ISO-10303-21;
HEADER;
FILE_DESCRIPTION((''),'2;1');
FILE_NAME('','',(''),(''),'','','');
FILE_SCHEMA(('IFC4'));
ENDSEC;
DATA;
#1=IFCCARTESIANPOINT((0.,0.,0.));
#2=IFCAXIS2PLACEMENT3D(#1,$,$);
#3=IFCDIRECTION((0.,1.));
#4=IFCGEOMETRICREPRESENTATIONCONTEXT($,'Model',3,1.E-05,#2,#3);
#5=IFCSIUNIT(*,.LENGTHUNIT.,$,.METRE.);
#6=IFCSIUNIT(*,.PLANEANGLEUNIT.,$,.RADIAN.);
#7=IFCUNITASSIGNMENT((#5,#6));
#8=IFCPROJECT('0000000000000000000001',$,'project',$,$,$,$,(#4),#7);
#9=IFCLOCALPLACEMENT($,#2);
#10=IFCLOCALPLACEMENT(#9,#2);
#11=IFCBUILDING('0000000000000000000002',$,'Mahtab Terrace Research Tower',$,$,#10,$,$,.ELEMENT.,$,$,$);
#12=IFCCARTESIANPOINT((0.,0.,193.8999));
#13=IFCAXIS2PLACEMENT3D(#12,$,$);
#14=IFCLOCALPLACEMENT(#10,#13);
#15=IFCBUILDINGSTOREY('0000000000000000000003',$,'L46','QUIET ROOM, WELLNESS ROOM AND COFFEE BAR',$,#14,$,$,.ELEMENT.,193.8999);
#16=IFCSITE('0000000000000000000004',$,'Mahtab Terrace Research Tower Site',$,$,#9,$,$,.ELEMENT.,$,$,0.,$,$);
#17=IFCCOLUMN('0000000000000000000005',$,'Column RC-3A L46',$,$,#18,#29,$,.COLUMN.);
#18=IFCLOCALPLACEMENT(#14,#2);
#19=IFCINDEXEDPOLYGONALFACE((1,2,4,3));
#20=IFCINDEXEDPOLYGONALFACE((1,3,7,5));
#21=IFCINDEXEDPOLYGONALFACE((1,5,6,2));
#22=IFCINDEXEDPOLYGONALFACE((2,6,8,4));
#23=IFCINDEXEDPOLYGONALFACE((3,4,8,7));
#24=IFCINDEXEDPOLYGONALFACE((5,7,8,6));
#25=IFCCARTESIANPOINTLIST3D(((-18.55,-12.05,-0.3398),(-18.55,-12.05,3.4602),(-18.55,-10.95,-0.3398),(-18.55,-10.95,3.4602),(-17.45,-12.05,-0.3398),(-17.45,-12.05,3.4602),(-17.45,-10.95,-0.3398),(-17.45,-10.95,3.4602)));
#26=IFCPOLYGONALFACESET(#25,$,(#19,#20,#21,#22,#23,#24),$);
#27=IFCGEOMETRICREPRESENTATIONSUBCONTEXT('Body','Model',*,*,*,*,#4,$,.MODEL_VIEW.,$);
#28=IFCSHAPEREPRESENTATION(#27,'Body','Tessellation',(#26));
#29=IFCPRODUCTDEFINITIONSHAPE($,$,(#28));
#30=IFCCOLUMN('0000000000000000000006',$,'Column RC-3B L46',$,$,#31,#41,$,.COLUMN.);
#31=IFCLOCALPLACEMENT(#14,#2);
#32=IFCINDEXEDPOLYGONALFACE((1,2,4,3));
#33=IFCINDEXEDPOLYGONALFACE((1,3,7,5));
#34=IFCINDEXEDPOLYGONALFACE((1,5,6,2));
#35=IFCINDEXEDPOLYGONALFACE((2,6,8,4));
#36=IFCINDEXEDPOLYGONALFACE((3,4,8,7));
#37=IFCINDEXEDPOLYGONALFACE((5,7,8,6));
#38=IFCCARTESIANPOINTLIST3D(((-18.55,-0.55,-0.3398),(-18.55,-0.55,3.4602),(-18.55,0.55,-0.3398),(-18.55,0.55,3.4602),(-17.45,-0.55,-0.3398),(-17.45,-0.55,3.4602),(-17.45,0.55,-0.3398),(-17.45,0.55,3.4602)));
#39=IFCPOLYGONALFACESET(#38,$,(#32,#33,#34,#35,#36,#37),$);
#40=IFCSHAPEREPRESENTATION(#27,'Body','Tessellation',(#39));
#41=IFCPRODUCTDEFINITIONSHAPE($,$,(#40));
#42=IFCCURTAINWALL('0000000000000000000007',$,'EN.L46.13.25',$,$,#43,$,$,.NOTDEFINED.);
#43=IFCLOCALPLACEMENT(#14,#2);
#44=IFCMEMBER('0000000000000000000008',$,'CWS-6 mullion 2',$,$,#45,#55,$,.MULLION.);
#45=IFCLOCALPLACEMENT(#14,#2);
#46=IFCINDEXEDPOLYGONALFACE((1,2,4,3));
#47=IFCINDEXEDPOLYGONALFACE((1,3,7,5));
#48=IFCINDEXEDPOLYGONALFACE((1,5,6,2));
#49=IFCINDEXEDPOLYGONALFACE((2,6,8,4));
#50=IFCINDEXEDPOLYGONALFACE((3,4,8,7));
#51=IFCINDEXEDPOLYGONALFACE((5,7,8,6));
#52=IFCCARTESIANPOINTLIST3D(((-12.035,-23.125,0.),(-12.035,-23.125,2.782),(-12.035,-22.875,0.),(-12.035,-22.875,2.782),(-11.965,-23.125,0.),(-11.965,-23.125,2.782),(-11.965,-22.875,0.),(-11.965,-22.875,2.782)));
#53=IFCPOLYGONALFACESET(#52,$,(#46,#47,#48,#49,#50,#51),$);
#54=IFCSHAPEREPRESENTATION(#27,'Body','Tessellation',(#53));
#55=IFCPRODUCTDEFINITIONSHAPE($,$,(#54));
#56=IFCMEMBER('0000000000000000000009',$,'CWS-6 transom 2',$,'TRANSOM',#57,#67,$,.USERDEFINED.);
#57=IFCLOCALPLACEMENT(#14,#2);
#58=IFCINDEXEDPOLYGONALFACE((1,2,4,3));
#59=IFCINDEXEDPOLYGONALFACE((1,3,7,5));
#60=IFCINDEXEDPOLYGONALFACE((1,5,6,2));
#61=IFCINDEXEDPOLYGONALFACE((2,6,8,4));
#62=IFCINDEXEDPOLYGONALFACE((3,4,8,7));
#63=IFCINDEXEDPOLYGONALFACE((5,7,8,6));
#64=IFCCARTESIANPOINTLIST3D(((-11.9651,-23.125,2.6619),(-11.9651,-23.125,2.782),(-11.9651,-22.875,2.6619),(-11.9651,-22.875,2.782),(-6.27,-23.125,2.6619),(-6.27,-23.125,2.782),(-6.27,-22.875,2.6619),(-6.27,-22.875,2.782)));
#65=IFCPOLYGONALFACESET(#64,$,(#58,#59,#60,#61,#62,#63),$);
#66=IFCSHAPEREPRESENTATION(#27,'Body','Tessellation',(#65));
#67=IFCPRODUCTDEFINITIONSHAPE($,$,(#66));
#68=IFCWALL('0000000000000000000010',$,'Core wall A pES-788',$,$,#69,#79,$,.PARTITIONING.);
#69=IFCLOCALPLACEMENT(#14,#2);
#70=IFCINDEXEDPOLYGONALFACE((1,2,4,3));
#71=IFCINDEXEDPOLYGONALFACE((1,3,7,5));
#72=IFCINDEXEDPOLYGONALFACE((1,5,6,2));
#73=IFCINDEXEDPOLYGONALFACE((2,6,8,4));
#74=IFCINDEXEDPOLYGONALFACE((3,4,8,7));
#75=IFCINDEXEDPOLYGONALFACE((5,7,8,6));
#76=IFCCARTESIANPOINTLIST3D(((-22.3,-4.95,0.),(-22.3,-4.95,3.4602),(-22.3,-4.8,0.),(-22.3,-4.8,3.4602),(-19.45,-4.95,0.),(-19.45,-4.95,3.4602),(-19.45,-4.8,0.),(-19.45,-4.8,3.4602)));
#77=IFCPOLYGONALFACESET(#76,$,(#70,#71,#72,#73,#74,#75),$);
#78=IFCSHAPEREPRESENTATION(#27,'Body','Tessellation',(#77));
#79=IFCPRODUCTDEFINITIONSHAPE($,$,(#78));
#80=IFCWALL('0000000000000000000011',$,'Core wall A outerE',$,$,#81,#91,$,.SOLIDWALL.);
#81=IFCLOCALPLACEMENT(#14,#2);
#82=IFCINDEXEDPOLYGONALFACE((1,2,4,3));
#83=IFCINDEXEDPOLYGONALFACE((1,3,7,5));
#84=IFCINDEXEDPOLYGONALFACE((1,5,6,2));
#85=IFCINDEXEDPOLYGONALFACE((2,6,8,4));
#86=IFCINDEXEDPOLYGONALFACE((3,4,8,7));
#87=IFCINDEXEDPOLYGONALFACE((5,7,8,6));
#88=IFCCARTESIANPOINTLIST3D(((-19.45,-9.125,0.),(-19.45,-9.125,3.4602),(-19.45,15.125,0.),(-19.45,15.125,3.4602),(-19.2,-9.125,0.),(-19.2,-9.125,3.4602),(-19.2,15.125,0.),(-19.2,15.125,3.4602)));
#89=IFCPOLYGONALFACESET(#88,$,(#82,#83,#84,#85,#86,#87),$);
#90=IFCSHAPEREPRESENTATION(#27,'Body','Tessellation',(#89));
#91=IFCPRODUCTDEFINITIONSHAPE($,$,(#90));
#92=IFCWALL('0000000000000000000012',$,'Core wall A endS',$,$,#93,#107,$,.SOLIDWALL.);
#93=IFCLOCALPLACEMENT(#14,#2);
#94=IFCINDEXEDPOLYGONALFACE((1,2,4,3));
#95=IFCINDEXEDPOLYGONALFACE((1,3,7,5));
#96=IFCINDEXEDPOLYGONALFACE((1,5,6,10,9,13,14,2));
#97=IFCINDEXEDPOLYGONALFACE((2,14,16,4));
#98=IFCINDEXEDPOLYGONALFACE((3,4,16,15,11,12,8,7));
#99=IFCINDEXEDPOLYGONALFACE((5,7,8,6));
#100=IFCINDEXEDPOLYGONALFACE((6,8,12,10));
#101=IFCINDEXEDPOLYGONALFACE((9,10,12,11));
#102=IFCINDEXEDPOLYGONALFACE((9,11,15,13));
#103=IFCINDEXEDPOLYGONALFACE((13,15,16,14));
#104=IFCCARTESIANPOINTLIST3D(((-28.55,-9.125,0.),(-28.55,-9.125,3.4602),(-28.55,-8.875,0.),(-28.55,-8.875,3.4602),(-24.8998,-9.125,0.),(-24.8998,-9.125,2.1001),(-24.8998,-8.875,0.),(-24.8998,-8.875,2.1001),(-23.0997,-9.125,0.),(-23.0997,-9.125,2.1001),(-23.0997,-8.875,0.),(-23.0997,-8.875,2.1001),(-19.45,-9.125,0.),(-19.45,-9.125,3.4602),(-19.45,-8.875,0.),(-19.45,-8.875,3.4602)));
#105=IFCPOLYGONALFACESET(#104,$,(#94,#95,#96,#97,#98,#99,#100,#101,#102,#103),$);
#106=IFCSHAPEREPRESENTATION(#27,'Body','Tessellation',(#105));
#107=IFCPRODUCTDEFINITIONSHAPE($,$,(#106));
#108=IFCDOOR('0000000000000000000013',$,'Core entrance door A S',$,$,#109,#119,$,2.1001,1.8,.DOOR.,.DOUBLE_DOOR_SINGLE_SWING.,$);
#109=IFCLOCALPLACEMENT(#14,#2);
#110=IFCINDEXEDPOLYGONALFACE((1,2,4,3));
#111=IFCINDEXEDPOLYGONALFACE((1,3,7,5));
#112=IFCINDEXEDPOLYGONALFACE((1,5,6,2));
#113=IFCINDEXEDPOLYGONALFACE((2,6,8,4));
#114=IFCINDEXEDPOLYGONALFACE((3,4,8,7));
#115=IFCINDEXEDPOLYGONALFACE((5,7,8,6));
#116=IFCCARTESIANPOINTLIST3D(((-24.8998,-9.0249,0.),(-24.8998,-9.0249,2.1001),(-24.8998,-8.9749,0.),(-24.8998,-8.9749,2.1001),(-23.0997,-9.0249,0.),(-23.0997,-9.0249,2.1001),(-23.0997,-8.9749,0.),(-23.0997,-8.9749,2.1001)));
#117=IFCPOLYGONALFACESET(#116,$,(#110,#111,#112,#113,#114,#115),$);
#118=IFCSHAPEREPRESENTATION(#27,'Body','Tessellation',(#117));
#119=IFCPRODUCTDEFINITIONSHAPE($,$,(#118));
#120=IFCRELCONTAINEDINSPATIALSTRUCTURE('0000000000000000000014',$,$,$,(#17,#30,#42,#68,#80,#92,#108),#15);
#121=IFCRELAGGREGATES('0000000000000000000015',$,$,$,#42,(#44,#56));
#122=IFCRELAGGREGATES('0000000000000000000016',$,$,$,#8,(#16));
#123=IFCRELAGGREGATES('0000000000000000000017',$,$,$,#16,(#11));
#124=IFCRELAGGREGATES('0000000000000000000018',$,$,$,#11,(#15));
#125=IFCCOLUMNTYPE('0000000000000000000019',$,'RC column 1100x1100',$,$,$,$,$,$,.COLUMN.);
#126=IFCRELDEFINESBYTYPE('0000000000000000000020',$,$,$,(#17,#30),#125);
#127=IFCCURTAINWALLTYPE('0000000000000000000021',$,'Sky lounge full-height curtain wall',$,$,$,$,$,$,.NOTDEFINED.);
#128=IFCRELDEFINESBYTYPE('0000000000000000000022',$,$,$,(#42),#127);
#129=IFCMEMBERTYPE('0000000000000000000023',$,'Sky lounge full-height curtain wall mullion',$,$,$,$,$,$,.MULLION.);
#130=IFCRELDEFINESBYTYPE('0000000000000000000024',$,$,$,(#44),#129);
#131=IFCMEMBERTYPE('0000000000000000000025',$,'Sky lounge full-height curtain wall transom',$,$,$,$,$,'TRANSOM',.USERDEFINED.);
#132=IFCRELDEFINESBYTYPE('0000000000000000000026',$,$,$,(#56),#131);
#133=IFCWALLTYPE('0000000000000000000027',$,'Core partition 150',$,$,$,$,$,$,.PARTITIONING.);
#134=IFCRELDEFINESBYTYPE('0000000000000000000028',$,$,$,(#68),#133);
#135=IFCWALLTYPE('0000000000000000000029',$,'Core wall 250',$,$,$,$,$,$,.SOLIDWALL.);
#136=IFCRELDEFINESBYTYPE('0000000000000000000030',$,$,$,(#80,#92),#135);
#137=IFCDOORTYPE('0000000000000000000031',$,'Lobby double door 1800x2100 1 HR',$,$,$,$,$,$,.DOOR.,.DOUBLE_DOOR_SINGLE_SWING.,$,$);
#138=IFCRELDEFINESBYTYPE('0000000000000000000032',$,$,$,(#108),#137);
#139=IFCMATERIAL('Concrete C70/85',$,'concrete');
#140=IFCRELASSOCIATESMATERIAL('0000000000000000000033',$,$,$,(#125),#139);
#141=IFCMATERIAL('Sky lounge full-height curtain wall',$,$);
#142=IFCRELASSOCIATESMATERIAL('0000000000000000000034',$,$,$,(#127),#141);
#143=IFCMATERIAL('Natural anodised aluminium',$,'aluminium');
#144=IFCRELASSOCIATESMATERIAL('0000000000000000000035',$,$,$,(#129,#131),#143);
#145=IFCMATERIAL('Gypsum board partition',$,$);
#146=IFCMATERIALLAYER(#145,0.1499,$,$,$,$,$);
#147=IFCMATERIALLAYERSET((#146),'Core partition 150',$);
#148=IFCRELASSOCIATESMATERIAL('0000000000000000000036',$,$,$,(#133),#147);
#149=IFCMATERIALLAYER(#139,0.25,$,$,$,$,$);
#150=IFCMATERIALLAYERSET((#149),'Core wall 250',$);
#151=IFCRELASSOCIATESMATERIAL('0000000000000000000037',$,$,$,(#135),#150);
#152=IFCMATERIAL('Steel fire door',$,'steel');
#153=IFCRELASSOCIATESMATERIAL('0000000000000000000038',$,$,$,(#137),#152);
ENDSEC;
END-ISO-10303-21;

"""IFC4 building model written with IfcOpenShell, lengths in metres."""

from ifc_helpers import new_model, si_unit, direction, frame, frame_2d, origin, origin_2d, place, context, subcontext, project, spatial, rectangle, extrude, material, layer, layer_set, material_profile, profile_set, type_object, element, fill, aggregate, save


model = new_model("IFC4")

# Units and contexts
model_context = context("Model", 3, precision=1e-05, world=origin(), true_north=direction((0.0, 1.0)))
body_context = subcontext(model_context, "Body", "Model", "MODEL_VIEW")
ifc_project = project(units=[si_unit("LENGTHUNIT", "METRE"), si_unit("PLANEANGLEUNIT", "RADIAN")], contexts=[model_context])

# Site, building, storey
site_placement = place(None, origin())
site = spatial("IfcSite", under=ifc_project, at=site_placement, Name="Mahtab Terrace Research Tower Site", CompositionType="ELEMENT", RefElevation=0.0)
building_placement = place(site_placement, origin())
building = spatial("IfcBuilding", under=site, at=building_placement, Name="Mahtab Terrace Research Tower", CompositionType="ELEMENT")
storey_placement = place(building_placement, frame((0.0, 0.0, 193.8999)))
storey = spatial("IfcBuildingStorey", under=building, at=storey_placement, Name="L46", Description="QUIET ROOM, WELLNESS ROOM AND COFFEE BAR", CompositionType="ELEMENT", Elevation=193.8999)

# Columns
ifc_material_1 = material(Name="Concrete C70/85", Category="concrete")
ifc_material_profile_1 = material_profile(ifc_material_1, rectangle(XDim=1.1001, YDim=1.1001, at=origin_2d()), Name="RC column 1100x1100")
ifc_profile_set_1 = profile_set([ifc_material_profile_1], Name="Concrete C70/85")
column_type = type_object("IfcColumnType", Name="RC column 1100x1100", PredefinedType="COLUMN", material=ifc_profile_set_1)
for number, where, z_axis, x_axis, name in (
    (1, (-18.0, -11.5, -0.3398), (0.0, 0.0, 1.0), (1.0, 0.0, 0.0), "Column RC-3A L46"),
    (2, (-18.0, 0.0, -0.3398), (0.0, 0.0, 1.0), (1.0, 0.0, 0.0), "Column RC-3B L46"),
):
    element("IfcColumn", number, at=place(storey_placement, frame(where, z_axis=z_axis, x_axis=x_axis)), inside=storey, type_object=column_type, Name=name, PredefinedType="COLUMN", context=body_context, shape_type="SweptSolid", body=[
        extrude(rectangle(XDim=1.1001, YDim=1.1001, at=origin_2d()), origin(), (0.0, 0.0, 1.0), 3.8),
    ])

# Curtain wall, members
ifc_material_2 = material(Name="Sky lounge full-height curtain wall")
curtain_wall_type = type_object("IfcCurtainWallType", Name="Sky lounge full-height curtain wall", PredefinedType="NOTDEFINED", material=ifc_material_2)
curtain_wall_placement = place(storey_placement, origin())
curtain_wall = element("IfcCurtainWall", 3, at=curtain_wall_placement, inside=storey, type_object=curtain_wall_type, Name="EN.L46.13.25", PredefinedType="NOTDEFINED")
ifc_material_3 = material(Name="Natural anodised aluminium", Category="aluminium")
ifc_material_profile_2 = material_profile(ifc_material_3, rectangle(XDim=0.25, YDim=0.0701, at=origin_2d()), Name="MULLION 70x250")
ifc_profile_set_2 = profile_set([ifc_material_profile_2], Name="Natural anodised aluminium")
member_type_1 = type_object("IfcMemberType", Name="Sky lounge full-height curtain wall mullion", PredefinedType="MULLION", material=ifc_profile_set_2)
member_1_placement = place(storey_placement, frame((-12.0, -23.0, 0.0), z_axis=(0.0, 0.0, 1.0), x_axis=(0.0, 1.0, 0.0)))
member_1 = element("IfcMember", 4, at=member_1_placement, type_object=member_type_1, Name="CWS-6 mullion 2", PredefinedType="MULLION", context=body_context, shape_type="SweptSolid", body=[
    extrude(rectangle(XDim=0.25, YDim=0.0701, at=origin_2d()), origin(), (0.0, 0.0, 1.0), 2.782),
])
ifc_material_profile_3 = material_profile(ifc_material_3, rectangle(XDim=0.25, YDim=0.1201, at=origin_2d()), Name="TRANSOM 120x250")
ifc_profile_set_3 = profile_set([ifc_material_profile_3], Name="Natural anodised aluminium")
member_type_2 = type_object("IfcMemberType", Name="Sky lounge full-height curtain wall transom", ElementType="TRANSOM", PredefinedType="USERDEFINED", material=ifc_profile_set_3)
member_2_placement = place(storey_placement, frame((-11.9651, -23.0, 2.7219), z_axis=(1.0, 0.0, 0.0), x_axis=(0.0, 1.0, 0.0)))
member_2 = element("IfcMember", 5, at=member_2_placement, type_object=member_type_2, Name="CWS-6 transom 2", ObjectType="TRANSOM", PredefinedType="USERDEFINED", context=body_context, shape_type="SweptSolid", body=[
    extrude(rectangle(XDim=0.25, YDim=0.1201, at=origin_2d()), origin(), (0.0, 0.0, 1.0), 5.6951),
])
aggregate(curtain_wall, [member_1, member_2])

# Walls
ifc_material_4 = material(Name="Gypsum board partition")
ifc_layer_1 = layer(ifc_material_4, 0.1499)
ifc_layer_set_1 = layer_set([ifc_layer_1], Name="Core partition 150")
wall_type_1 = type_object("IfcWallType", Name="Core partition 150", PredefinedType="PARTITIONING", material=ifc_layer_set_1)
wall_1_placement = place(storey_placement, frame((-22.3, -4.875, 0.0), z_axis=(0.0, 0.0, 1.0), x_axis=(1.0, 0.0, 0.0)))
element("IfcWall", 6, at=wall_1_placement, inside=storey, type_object=wall_type_1, Name="Core wall A pES-788", PredefinedType="PARTITIONING", context=body_context, shape_type="SweptSolid", body=[
    extrude(rectangle(XDim=2.8501, YDim=0.1499, at=frame_2d((1.425, 0.0))), origin(), (0.0, 0.0, 1.0), 3.4602),
])
ifc_layer_2 = layer(ifc_material_1, 0.25)
ifc_layer_set_2 = layer_set([ifc_layer_2], Name="Core wall 250")
wall_type_2 = type_object("IfcWallType", Name="Core wall 250", PredefinedType="SOLIDWALL", material=ifc_layer_set_2)
wall_2_placement = place(storey_placement, frame((-19.325, -9.125, 0.0), z_axis=(0.0, 0.0, 1.0), x_axis=(0.0, 1.0, 0.0)))
element("IfcWall", 7, at=wall_2_placement, inside=storey, type_object=wall_type_2, Name="Core wall A outerE", PredefinedType="SOLIDWALL", context=body_context, shape_type="SweptSolid", body=[
    extrude(rectangle(XDim=24.25, YDim=0.25, at=frame_2d((12.125, 0.0))), origin(), (0.0, 0.0, 1.0), 3.4602),
])

# Wall, opening, door
wall_3_placement = place(storey_placement, frame((-19.45, -9.0, 0.0), z_axis=(0.0, 0.0, 1.0), x_axis=(-1.0, 0.0, 0.0)))
wall_3 = element("IfcWall", 8, at=wall_3_placement, inside=storey, type_object=wall_type_2, Name="Core wall A endS", PredefinedType="SOLIDWALL", context=body_context, shape_type="SweptSolid", body=[
    extrude(rectangle(XDim=9.1001, YDim=0.25, at=frame_2d((4.55, 0.0))), origin(), (0.0, 0.0, 1.0), 3.4602),
])
opening_1_placement = place(wall_3_placement, frame((3.6499, 0.0, 0.0)))
opening_1 = element("IfcOpeningElement", 9, at=opening_1_placement, cuts=wall_3, PredefinedType="OPENING", context=body_context, shape_type="SweptSolid", body=[
    extrude(rectangle(XDim=1.8, YDim=2.1001, at=frame_2d((0.8999, 1.05))), frame((0.0, 0.135, 0.0), z_axis=(0.0, -1.0, 0.0), x_axis=(1.0, 0.0, 0.0)), (0.0, 0.0, 1.0), 0.27),
])
ifc_material_5 = material(Name="Steel fire door", Category="steel")
door_type_1 = type_object("IfcDoorType", Name="Lobby double door 1800x2100 1 HR", OperationType="DOUBLE_DOOR_SINGLE_SWING", PredefinedType="DOOR", material=ifc_material_5)
door_1_placement = place(opening_1_placement, origin())
door_1 = element("IfcDoor", 10, at=door_1_placement, inside=storey, type_object=door_type_1, Name="Core entrance door A S", OperationType="DOUBLE_DOOR_SINGLE_SWING", OverallHeight=2.1001, OverallWidth=1.8, PredefinedType="DOOR", context=body_context, shape_type="SweptSolid", body=[
    extrude(rectangle(XDim=1.8, YDim=2.1001, at=frame_2d((0.8999, 1.05))), frame((0.0, 0.0249, 0.0), z_axis=(0.0, -1.0, 0.0), x_axis=(1.0, 0.0, 0.0)), (0.0, 0.0, 1.0), 0.05),
])
fill(opening_1, door_1)

save(model, "model.ifc")
